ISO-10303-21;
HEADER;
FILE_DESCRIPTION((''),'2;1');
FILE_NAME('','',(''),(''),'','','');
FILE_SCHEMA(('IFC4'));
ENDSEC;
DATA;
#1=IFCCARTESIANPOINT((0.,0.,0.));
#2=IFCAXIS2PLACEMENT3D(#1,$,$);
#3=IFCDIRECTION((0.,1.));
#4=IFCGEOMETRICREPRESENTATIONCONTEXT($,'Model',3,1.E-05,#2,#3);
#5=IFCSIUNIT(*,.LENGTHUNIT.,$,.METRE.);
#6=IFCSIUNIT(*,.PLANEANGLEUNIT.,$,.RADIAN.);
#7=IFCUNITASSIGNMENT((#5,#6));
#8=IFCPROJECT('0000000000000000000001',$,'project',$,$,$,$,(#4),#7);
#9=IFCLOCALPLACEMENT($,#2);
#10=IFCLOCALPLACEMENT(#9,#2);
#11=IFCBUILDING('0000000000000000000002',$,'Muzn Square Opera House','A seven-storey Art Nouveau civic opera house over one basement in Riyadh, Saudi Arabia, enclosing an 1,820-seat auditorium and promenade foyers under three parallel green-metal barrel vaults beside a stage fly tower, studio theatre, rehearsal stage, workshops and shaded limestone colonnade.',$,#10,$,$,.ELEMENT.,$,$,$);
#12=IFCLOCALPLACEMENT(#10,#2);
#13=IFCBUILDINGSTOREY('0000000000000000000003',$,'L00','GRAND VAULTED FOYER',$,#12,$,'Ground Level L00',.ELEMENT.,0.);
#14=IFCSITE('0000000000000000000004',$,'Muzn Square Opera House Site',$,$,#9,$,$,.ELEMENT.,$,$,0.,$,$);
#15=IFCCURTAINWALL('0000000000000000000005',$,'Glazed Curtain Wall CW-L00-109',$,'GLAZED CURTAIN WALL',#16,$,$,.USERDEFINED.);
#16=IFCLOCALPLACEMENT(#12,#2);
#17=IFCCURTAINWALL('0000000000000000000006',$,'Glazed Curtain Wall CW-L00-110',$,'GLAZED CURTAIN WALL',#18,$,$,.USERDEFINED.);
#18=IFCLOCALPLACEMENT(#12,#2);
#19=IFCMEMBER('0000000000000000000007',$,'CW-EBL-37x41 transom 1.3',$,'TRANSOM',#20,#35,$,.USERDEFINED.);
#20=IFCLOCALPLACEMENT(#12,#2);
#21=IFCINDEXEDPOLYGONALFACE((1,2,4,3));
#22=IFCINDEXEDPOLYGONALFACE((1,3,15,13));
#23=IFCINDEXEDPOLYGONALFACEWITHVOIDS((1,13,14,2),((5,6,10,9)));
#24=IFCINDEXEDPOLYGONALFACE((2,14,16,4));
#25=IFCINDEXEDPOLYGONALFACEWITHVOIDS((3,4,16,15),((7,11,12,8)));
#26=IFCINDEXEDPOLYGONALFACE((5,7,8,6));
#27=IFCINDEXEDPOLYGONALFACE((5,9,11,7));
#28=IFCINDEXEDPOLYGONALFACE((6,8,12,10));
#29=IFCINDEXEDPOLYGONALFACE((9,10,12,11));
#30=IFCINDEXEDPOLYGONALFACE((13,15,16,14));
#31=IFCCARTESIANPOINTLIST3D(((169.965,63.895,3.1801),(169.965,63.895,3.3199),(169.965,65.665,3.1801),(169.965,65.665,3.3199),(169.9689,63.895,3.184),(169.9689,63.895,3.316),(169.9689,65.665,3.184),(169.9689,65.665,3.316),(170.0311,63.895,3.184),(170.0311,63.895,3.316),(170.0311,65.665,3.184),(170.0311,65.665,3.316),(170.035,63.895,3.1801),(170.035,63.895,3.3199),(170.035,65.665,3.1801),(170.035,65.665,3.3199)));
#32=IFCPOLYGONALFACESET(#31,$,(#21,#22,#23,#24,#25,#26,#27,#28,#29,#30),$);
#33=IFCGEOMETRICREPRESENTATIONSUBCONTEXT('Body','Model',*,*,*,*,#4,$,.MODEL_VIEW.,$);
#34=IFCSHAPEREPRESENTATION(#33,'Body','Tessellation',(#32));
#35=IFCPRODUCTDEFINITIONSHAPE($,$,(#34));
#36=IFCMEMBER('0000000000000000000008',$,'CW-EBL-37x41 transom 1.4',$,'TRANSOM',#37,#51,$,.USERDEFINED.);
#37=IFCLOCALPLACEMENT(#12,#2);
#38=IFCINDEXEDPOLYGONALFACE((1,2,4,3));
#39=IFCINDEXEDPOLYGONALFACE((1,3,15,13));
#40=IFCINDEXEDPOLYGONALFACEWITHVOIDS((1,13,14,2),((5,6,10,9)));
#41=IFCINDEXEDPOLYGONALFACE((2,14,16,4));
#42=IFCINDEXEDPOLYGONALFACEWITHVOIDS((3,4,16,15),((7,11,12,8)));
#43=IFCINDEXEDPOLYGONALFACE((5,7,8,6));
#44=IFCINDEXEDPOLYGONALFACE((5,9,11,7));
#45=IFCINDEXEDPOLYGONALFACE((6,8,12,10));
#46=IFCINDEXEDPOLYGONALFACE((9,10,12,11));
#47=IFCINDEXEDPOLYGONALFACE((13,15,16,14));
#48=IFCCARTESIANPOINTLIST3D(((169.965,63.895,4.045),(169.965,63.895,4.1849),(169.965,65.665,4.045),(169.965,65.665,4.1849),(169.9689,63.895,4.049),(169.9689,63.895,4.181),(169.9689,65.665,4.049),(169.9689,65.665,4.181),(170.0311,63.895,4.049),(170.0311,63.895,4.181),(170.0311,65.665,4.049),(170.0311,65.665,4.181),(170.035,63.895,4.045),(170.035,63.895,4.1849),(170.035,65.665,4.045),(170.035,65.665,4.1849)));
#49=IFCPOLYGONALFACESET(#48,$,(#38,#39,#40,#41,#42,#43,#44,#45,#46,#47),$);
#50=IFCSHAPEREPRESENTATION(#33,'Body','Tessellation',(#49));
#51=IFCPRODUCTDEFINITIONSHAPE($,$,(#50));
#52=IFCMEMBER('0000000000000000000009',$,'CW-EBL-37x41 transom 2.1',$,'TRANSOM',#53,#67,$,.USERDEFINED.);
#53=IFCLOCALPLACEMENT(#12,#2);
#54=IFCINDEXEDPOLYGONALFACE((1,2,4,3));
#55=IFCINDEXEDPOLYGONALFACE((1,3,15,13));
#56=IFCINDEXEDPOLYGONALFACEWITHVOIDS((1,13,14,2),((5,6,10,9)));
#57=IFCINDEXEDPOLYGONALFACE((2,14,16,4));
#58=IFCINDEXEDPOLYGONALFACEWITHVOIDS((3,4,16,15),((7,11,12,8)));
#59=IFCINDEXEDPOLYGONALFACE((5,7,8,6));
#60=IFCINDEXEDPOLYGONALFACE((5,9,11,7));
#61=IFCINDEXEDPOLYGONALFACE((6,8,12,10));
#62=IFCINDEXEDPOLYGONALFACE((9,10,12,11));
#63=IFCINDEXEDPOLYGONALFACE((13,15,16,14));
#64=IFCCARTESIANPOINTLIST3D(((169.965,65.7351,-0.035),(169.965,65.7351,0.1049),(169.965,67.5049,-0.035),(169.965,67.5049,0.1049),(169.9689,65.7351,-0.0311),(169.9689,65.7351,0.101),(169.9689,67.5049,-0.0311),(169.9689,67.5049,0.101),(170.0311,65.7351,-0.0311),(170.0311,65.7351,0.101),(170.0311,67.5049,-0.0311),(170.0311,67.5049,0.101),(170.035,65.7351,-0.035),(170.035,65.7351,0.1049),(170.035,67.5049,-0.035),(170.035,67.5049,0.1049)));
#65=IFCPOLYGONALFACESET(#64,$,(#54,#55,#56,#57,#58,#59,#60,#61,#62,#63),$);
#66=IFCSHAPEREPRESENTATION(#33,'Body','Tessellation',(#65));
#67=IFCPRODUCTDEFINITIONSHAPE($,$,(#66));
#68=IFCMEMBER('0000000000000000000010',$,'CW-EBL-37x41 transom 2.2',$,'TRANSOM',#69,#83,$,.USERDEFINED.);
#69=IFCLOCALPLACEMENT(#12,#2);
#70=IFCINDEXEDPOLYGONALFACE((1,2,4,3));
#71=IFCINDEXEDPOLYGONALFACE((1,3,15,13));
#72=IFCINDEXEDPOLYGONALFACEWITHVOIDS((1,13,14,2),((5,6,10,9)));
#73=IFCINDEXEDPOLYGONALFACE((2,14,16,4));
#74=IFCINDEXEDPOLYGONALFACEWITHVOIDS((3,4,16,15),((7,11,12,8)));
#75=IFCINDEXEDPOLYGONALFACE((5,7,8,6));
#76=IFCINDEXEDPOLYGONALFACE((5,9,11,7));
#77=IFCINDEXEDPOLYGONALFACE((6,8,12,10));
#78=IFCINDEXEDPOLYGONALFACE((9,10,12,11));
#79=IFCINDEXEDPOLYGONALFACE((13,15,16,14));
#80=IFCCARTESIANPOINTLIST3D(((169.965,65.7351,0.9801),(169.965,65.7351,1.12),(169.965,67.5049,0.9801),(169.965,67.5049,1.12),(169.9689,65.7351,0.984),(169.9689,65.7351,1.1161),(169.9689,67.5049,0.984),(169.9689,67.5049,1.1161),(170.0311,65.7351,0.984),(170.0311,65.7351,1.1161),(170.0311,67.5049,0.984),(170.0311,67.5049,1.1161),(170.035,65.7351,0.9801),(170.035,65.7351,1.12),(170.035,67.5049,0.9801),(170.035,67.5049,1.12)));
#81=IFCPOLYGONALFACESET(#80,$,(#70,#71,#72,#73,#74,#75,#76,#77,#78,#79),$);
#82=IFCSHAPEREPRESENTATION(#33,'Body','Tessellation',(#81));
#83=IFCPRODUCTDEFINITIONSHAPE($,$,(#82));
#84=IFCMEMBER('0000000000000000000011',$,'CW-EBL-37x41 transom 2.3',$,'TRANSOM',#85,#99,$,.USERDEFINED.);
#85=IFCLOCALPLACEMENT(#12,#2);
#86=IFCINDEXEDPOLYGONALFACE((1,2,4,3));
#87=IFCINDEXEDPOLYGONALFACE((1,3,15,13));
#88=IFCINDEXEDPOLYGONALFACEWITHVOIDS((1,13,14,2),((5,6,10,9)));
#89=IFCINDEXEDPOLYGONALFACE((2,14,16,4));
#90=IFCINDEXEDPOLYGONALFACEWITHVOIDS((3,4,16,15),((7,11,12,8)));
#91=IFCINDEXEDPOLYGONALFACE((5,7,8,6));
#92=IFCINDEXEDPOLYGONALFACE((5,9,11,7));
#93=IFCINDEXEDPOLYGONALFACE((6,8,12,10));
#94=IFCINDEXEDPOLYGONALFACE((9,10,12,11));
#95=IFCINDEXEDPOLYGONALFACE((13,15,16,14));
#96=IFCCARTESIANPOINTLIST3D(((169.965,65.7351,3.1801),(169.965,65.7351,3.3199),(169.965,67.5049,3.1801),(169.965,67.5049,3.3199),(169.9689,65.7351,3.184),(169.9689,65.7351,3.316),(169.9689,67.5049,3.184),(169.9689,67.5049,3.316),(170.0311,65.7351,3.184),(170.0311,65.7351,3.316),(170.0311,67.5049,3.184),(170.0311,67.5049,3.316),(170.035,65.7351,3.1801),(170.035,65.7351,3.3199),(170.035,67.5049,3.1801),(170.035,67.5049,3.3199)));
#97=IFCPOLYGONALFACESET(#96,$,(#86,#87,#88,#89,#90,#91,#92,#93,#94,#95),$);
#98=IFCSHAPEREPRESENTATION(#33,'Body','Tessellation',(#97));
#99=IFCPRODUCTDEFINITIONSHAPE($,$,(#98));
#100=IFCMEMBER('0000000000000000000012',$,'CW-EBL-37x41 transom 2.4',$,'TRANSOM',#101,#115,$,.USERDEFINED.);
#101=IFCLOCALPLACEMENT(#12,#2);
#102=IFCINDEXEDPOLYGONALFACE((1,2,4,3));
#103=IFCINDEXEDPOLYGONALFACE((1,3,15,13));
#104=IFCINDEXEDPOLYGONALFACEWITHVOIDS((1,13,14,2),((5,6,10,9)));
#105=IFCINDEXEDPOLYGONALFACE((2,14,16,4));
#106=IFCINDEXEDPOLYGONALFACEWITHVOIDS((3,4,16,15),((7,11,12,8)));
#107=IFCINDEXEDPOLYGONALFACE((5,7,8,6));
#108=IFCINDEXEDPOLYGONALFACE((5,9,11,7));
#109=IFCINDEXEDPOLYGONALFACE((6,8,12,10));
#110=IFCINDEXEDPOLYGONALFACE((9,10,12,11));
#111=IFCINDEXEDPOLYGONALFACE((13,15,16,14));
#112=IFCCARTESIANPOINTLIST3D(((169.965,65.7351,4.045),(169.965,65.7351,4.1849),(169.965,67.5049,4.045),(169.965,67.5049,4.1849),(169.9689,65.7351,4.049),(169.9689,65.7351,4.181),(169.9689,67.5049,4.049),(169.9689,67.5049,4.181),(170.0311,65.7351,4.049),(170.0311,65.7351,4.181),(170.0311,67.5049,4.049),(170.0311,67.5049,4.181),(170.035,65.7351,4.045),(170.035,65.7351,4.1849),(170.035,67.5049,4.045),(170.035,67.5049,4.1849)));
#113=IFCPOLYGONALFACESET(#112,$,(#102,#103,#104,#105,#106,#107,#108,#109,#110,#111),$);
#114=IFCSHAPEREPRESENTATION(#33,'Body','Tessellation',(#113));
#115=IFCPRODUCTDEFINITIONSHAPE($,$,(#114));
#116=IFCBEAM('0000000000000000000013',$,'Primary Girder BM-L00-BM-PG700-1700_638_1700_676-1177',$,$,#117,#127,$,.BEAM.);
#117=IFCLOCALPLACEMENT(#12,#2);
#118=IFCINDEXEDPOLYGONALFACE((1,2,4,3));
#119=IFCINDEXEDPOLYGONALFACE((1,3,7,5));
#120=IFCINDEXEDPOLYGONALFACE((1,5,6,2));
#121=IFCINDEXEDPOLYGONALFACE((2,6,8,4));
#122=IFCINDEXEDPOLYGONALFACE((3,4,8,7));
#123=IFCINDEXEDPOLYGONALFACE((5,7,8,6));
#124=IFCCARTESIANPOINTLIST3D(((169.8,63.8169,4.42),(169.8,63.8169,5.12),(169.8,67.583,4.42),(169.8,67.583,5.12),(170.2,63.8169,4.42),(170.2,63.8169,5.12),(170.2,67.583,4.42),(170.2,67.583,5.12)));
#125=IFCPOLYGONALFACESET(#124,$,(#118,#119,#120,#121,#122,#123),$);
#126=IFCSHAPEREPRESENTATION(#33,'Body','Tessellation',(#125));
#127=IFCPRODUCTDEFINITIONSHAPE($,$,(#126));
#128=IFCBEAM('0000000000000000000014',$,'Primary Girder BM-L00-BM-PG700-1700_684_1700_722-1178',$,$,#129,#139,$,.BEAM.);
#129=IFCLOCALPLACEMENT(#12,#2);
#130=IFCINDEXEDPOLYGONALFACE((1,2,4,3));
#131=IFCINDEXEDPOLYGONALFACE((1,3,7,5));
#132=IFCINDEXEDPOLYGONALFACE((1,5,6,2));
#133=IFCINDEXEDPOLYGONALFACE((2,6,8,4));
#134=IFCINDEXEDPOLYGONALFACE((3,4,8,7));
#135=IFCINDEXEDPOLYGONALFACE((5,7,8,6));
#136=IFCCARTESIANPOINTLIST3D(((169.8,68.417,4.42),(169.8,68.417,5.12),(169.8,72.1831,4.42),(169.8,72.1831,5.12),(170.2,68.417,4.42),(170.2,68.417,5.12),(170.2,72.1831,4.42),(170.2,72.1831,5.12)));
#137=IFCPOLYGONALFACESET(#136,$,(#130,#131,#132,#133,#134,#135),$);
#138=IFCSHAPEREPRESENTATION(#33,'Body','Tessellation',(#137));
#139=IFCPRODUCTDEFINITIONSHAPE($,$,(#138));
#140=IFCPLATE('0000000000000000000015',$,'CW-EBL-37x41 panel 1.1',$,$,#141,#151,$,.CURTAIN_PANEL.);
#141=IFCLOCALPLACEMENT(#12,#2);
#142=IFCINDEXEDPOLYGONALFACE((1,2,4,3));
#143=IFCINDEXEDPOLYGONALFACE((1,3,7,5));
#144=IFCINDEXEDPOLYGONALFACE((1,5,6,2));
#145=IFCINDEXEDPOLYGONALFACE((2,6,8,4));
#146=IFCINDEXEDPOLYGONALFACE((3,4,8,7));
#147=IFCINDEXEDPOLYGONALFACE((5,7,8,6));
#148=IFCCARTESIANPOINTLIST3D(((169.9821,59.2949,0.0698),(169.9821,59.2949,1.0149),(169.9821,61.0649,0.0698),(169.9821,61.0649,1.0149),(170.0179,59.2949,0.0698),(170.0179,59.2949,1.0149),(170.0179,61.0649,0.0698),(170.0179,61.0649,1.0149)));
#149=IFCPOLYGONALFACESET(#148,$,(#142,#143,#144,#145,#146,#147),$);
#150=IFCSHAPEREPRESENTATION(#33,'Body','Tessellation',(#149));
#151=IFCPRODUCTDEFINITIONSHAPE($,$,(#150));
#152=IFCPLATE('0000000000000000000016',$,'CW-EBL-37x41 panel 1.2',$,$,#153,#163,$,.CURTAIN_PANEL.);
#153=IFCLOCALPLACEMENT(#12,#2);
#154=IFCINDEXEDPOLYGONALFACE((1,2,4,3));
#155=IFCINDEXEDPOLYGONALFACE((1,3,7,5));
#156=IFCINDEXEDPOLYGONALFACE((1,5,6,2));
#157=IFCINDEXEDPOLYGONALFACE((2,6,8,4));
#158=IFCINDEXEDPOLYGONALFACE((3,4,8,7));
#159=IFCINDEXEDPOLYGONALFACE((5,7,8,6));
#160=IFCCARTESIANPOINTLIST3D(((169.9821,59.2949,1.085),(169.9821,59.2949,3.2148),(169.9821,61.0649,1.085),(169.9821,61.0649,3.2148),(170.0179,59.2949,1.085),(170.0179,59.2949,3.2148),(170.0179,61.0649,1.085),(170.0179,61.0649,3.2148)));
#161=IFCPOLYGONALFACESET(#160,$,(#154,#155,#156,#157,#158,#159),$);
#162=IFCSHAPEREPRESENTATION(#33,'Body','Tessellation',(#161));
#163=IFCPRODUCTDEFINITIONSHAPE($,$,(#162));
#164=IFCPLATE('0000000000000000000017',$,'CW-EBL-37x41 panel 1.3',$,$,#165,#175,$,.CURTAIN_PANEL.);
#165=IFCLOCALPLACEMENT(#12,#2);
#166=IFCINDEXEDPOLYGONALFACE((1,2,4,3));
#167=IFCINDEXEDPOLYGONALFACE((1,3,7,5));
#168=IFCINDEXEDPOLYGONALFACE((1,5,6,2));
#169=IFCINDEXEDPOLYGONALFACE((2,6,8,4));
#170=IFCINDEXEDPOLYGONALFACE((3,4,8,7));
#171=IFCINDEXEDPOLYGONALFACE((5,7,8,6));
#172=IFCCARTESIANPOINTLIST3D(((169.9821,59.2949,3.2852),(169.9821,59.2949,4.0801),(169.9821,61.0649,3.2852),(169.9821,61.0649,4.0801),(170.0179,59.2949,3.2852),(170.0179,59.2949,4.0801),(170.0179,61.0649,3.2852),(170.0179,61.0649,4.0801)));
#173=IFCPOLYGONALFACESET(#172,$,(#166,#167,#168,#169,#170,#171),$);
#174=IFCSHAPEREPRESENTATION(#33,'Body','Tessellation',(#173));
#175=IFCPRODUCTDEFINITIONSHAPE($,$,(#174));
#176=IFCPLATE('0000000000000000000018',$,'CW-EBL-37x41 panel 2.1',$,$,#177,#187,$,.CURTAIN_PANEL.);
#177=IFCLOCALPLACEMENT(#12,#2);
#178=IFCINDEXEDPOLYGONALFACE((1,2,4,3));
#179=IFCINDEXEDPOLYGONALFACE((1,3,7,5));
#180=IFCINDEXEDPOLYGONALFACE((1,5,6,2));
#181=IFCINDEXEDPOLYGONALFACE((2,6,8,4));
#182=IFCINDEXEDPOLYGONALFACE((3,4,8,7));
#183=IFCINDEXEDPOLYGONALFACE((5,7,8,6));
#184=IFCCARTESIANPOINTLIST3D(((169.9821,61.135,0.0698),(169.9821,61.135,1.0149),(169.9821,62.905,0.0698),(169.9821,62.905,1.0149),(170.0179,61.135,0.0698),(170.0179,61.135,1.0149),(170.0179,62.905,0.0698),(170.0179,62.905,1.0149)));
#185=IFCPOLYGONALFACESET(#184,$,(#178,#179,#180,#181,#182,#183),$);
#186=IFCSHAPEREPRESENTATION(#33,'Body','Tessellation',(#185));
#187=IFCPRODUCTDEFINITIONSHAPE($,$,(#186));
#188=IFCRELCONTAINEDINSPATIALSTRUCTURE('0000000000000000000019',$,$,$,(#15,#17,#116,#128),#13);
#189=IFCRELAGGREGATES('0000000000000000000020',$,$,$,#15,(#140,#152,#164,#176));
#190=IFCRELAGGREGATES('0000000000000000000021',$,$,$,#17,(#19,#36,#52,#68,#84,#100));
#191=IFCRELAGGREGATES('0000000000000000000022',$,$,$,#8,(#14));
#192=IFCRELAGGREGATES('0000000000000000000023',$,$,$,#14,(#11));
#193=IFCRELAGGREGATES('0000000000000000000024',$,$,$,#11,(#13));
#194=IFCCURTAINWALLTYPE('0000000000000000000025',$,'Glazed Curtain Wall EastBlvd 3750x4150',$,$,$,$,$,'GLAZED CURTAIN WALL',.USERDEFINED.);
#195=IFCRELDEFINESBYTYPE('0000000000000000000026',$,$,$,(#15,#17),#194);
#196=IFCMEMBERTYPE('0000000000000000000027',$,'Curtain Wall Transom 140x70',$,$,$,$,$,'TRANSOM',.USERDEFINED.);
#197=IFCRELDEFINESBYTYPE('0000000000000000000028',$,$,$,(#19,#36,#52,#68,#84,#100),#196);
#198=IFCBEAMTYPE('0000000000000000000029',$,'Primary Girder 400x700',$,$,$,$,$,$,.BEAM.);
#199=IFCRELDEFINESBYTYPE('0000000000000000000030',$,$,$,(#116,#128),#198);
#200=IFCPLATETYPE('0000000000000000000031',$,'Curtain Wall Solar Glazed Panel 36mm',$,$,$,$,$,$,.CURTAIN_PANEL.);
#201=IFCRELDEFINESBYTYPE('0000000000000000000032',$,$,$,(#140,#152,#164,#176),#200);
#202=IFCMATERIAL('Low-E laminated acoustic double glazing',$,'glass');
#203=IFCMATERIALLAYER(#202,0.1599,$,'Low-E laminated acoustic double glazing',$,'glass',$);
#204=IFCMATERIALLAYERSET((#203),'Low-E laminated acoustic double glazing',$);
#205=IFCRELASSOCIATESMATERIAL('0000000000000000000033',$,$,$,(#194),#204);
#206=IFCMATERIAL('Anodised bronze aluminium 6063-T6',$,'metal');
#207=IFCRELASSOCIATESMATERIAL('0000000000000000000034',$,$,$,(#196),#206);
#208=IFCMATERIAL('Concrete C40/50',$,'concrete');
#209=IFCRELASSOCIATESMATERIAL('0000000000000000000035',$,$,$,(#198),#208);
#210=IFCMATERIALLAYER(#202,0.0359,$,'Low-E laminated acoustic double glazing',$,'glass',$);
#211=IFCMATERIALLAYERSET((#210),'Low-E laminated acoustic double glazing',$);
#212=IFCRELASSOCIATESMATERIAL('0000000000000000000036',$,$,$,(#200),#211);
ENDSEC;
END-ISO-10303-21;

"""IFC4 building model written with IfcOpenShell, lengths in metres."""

from ifc_helpers import new_model, si_unit, direction, frame, origin, origin_2d, place, context, subcontext, project, spatial, rectangle, hollow_rectangle, extrude, material, layer, layer_set, material_profile, profile_set, type_object, element, aggregate, save


model = new_model("IFC4")

# Units and contexts
model_context = context("Model", 3, precision=1e-05, world=origin(), true_north=direction((0.0, 1.0)))
body_context = subcontext(model_context, "Body", "Model", "MODEL_VIEW")
ifc_project = project(units=[si_unit("LENGTHUNIT", "METRE"), si_unit("PLANEANGLEUNIT", "RADIAN")], contexts=[model_context])

# Site, building, storey
site_placement = place(None, origin())
site = spatial("IfcSite", under=ifc_project, at=site_placement, Name="Muzn Square Opera House Site", CompositionType="ELEMENT", RefElevation=0.0)
building_placement = place(site_placement, origin())
building = spatial("IfcBuilding", under=site, at=building_placement, Name="Muzn Square Opera House", Description="A seven-storey Art Nouveau civic opera house over one basement in Riyadh, Saudi Arabia, enclosing an 1,820-seat auditorium and promenade foyers under three parallel green-metal barrel vaults beside a stage fly tower, studio theatre, rehearsal stage, workshops and shaded limestone colonnade.", CompositionType="ELEMENT")
storey_placement = place(building_placement, origin())
storey = spatial("IfcBuildingStorey", under=building, at=storey_placement, Name="L00", Description="GRAND VAULTED FOYER", LongName="Ground Level L00", CompositionType="ELEMENT", Elevation=0.0)

# Curtain walls
ifc_material_1 = material(Name="Low-E laminated acoustic double glazing", Category="glass")
ifc_layer_1 = layer(ifc_material_1, 0.1599, Name="Low-E laminated acoustic double glazing", Category="glass")
ifc_layer_set_1 = layer_set([ifc_layer_1], Name="Low-E laminated acoustic double glazing")
curtain_wall_type = type_object("IfcCurtainWallType", Name="Glazed Curtain Wall EastBlvd 3750x4150", ElementType="GLAZED CURTAIN WALL", PredefinedType="USERDEFINED", material=ifc_layer_set_1)
curtain_wall_1_placement = place(storey_placement, origin())
curtain_wall_1 = element("IfcCurtainWall", 1, at=curtain_wall_1_placement, inside=storey, type_object=curtain_wall_type, Name="Glazed Curtain Wall CW-L00-109", ObjectType="GLAZED CURTAIN WALL", PredefinedType="USERDEFINED")
ifc_material_2 = material(Name="Anodised bronze aluminium 6063-T6", Category="metal")
curtain_wall_2_placement = place(storey_placement, origin())
curtain_wall_2 = element("IfcCurtainWall", 2, at=curtain_wall_2_placement, inside=storey, type_object=curtain_wall_type, Name="Glazed Curtain Wall CW-L00-110", ObjectType="GLAZED CURTAIN WALL", PredefinedType="USERDEFINED")

# Members
ifc_material_profile_1 = material_profile(ifc_material_2, hollow_rectangle(XDim=0.0701, YDim=0.1399, WallThickness=0.0039, at=origin_2d()), Name="ALU 140x70x4", Category="metal")
ifc_profile_set_1 = profile_set([ifc_material_profile_1], Name="Anodised bronze aluminium 6063-T6")
member_type_1 = type_object("IfcMemberType", Name="Curtain Wall Transom 140x70", ElementType="TRANSOM", PredefinedType="USERDEFINED", material=ifc_profile_set_1)
member_1_placement = place(storey_placement, frame((170.0, 63.895, 3.25), z_axis=(0.0, 1.0, 0.0), x_axis=(-1.0, 0.0, 0.0)))
member_1 = element("IfcMember", 3, at=member_1_placement, type_object=member_type_1, Name="CW-EBL-37x41 transom 1.3", ObjectType="TRANSOM", PredefinedType="USERDEFINED", context=body_context, shape_type="SweptSolid", body=[
    extrude(hollow_rectangle(XDim=0.0701, YDim=0.1399, WallThickness=0.0039, at=origin_2d()), origin(), (0.0, 0.0, 1.0), 1.77),
])
member_2_placement = place(storey_placement, frame((170.0, 63.895, 4.115), z_axis=(0.0, 1.0, 0.0), x_axis=(-1.0, 0.0, 0.0)))
member_2 = element("IfcMember", 4, at=member_2_placement, type_object=member_type_1, Name="CW-EBL-37x41 transom 1.4", ObjectType="TRANSOM", PredefinedType="USERDEFINED", context=body_context, shape_type="SweptSolid", body=[
    extrude(hollow_rectangle(XDim=0.0701, YDim=0.1399, WallThickness=0.0039, at=origin_2d()), origin(), (0.0, 0.0, 1.0), 1.77),
])
member_3_placement = place(storey_placement, frame((170.0, 65.7351, 0.0349), z_axis=(0.0, 1.0, 0.0), x_axis=(-1.0, 0.0, 0.0)))
member_3 = element("IfcMember", 5, at=member_3_placement, type_object=member_type_1, Name="CW-EBL-37x41 transom 2.1", ObjectType="TRANSOM", PredefinedType="USERDEFINED", context=body_context, shape_type="SweptSolid", body=[
    extrude(hollow_rectangle(XDim=0.0701, YDim=0.1399, WallThickness=0.0039, at=origin_2d()), origin(), (0.0, 0.0, 1.0), 1.7698),
])
member_4_placement = place(storey_placement, frame((170.0, 65.7351, 1.05), z_axis=(0.0, 1.0, 0.0), x_axis=(-1.0, 0.0, 0.0)))
member_4 = element("IfcMember", 6, at=member_4_placement, type_object=member_type_1, Name="CW-EBL-37x41 transom 2.2", ObjectType="TRANSOM", PredefinedType="USERDEFINED", context=body_context, shape_type="SweptSolid", body=[
    extrude(hollow_rectangle(XDim=0.0701, YDim=0.1399, WallThickness=0.0039, at=origin_2d()), origin(), (0.0, 0.0, 1.0), 1.7698),
])
member_5_placement = place(storey_placement, frame((170.0, 65.7351, 3.25), z_axis=(0.0, 1.0, 0.0), x_axis=(-1.0, 0.0, 0.0)))
member_5 = element("IfcMember", 7, at=member_5_placement, type_object=member_type_1, Name="CW-EBL-37x41 transom 2.3", ObjectType="TRANSOM", PredefinedType="USERDEFINED", context=body_context, shape_type="SweptSolid", body=[
    extrude(hollow_rectangle(XDim=0.0701, YDim=0.1399, WallThickness=0.0039, at=origin_2d()), origin(), (0.0, 0.0, 1.0), 1.7698),
])
member_6_placement = place(storey_placement, frame((170.0, 65.7351, 4.115), z_axis=(0.0, 1.0, 0.0), x_axis=(-1.0, 0.0, 0.0)))
member_6 = element("IfcMember", 8, at=member_6_placement, type_object=member_type_1, Name="CW-EBL-37x41 transom 2.4", ObjectType="TRANSOM", PredefinedType="USERDEFINED", context=body_context, shape_type="SweptSolid", body=[
    extrude(hollow_rectangle(XDim=0.0701, YDim=0.1399, WallThickness=0.0039, at=origin_2d()), origin(), (0.0, 0.0, 1.0), 1.7698),
])

# Beams
ifc_material_3 = material(Name="Concrete C40/50", Category="concrete")
ifc_material_profile_2 = material_profile(ifc_material_3, rectangle(XDim=0.3999, YDim=0.7, at=origin_2d()), Name="RCB 400x700", Category="concrete")
ifc_profile_set_2 = profile_set([ifc_material_profile_2], Name="Concrete C40/50")
beam_type = type_object("IfcBeamType", Name="Primary Girder 400x700", PredefinedType="BEAM", material=ifc_profile_set_2)
for number, where, z_axis, x_axis, name in (
    (9, (170.0, 63.8169, 4.77), (0.0, 1.0, 0.0), (-1.0, 0.0, 0.0), "Primary Girder BM-L00-BM-PG700-1700_638_1700_676-1177"),
    (10, (170.0, 68.417, 4.77), (0.0, 1.0, 0.0), (-1.0, 0.0, 0.0), "Primary Girder BM-L00-BM-PG700-1700_684_1700_722-1178"),
):
    element("IfcBeam", number, at=place(storey_placement, frame(where, z_axis=z_axis, x_axis=x_axis)), inside=storey, type_object=beam_type, Name=name, PredefinedType="BEAM", context=body_context, shape_type="SweptSolid", body=[
        extrude(rectangle(XDim=0.3999, YDim=0.7, at=origin_2d()), origin(), (0.0, 0.0, 1.0), 3.7661),
    ])

# Plates
ifc_layer_2 = layer(ifc_material_1, 0.0359, Name="Low-E laminated acoustic double glazing", Category="glass")
ifc_layer_set_2 = layer_set([ifc_layer_2], Name="Low-E laminated acoustic double glazing")
plate_type = type_object("IfcPlateType", Name="Curtain Wall Solar Glazed Panel 36mm", PredefinedType="CURTAIN_PANEL", material=ifc_layer_set_2)
plate_1_placement = place(storey_placement, frame((170.0, 60.1799, 0.0698), z_axis=(0.0, 0.0, 1.0), x_axis=(0.0, 1.0, 0.0)))
plate_1 = element("IfcPlate", 11, at=plate_1_placement, type_object=plate_type, Name="CW-EBL-37x41 panel 1.1", PredefinedType="CURTAIN_PANEL", context=body_context, shape_type="SweptSolid", body=[
    extrude(rectangle(XDim=1.77, YDim=0.0359, at=origin_2d()), origin(), (0.0, 0.0, 1.0), 0.9451),
])
plate_2_placement = place(storey_placement, frame((170.0, 60.1799, 1.085), z_axis=(0.0, 0.0, 1.0), x_axis=(0.0, 1.0, 0.0)))
plate_2 = element("IfcPlate", 12, at=plate_2_placement, type_object=plate_type, Name="CW-EBL-37x41 panel 1.2", PredefinedType="CURTAIN_PANEL", context=body_context, shape_type="SweptSolid", body=[
    extrude(rectangle(XDim=1.77, YDim=0.0359, at=origin_2d()), origin(), (0.0, 0.0, 1.0), 2.1299),
])
plate_3_placement = place(storey_placement, frame((170.0, 60.1799, 3.2852), z_axis=(0.0, 0.0, 1.0), x_axis=(0.0, 1.0, 0.0)))
plate_3 = element("IfcPlate", 13, at=plate_3_placement, type_object=plate_type, Name="CW-EBL-37x41 panel 1.3", PredefinedType="CURTAIN_PANEL", context=body_context, shape_type="SweptSolid", body=[
    extrude(rectangle(XDim=1.77, YDim=0.0359, at=origin_2d()), origin(), (0.0, 0.0, 1.0), 0.7949),
])
plate_4_placement = place(storey_placement, frame((170.0, 62.02, 0.0698), z_axis=(0.0, 0.0, 1.0), x_axis=(0.0, 1.0, 0.0)))
plate_4 = element("IfcPlate", 14, at=plate_4_placement, type_object=plate_type, Name="CW-EBL-37x41 panel 2.1", PredefinedType="CURTAIN_PANEL", context=body_context, shape_type="SweptSolid", body=[
    extrude(rectangle(XDim=1.77, YDim=0.0359, at=origin_2d()), origin(), (0.0, 0.0, 1.0), 0.9451),
])
aggregate(curtain_wall_1, [plate_1, plate_2, plate_3, plate_4])
aggregate(curtain_wall_2, [member_1, member_2, member_3, member_4, member_5, member_6])

save(model, "model.ifc")
